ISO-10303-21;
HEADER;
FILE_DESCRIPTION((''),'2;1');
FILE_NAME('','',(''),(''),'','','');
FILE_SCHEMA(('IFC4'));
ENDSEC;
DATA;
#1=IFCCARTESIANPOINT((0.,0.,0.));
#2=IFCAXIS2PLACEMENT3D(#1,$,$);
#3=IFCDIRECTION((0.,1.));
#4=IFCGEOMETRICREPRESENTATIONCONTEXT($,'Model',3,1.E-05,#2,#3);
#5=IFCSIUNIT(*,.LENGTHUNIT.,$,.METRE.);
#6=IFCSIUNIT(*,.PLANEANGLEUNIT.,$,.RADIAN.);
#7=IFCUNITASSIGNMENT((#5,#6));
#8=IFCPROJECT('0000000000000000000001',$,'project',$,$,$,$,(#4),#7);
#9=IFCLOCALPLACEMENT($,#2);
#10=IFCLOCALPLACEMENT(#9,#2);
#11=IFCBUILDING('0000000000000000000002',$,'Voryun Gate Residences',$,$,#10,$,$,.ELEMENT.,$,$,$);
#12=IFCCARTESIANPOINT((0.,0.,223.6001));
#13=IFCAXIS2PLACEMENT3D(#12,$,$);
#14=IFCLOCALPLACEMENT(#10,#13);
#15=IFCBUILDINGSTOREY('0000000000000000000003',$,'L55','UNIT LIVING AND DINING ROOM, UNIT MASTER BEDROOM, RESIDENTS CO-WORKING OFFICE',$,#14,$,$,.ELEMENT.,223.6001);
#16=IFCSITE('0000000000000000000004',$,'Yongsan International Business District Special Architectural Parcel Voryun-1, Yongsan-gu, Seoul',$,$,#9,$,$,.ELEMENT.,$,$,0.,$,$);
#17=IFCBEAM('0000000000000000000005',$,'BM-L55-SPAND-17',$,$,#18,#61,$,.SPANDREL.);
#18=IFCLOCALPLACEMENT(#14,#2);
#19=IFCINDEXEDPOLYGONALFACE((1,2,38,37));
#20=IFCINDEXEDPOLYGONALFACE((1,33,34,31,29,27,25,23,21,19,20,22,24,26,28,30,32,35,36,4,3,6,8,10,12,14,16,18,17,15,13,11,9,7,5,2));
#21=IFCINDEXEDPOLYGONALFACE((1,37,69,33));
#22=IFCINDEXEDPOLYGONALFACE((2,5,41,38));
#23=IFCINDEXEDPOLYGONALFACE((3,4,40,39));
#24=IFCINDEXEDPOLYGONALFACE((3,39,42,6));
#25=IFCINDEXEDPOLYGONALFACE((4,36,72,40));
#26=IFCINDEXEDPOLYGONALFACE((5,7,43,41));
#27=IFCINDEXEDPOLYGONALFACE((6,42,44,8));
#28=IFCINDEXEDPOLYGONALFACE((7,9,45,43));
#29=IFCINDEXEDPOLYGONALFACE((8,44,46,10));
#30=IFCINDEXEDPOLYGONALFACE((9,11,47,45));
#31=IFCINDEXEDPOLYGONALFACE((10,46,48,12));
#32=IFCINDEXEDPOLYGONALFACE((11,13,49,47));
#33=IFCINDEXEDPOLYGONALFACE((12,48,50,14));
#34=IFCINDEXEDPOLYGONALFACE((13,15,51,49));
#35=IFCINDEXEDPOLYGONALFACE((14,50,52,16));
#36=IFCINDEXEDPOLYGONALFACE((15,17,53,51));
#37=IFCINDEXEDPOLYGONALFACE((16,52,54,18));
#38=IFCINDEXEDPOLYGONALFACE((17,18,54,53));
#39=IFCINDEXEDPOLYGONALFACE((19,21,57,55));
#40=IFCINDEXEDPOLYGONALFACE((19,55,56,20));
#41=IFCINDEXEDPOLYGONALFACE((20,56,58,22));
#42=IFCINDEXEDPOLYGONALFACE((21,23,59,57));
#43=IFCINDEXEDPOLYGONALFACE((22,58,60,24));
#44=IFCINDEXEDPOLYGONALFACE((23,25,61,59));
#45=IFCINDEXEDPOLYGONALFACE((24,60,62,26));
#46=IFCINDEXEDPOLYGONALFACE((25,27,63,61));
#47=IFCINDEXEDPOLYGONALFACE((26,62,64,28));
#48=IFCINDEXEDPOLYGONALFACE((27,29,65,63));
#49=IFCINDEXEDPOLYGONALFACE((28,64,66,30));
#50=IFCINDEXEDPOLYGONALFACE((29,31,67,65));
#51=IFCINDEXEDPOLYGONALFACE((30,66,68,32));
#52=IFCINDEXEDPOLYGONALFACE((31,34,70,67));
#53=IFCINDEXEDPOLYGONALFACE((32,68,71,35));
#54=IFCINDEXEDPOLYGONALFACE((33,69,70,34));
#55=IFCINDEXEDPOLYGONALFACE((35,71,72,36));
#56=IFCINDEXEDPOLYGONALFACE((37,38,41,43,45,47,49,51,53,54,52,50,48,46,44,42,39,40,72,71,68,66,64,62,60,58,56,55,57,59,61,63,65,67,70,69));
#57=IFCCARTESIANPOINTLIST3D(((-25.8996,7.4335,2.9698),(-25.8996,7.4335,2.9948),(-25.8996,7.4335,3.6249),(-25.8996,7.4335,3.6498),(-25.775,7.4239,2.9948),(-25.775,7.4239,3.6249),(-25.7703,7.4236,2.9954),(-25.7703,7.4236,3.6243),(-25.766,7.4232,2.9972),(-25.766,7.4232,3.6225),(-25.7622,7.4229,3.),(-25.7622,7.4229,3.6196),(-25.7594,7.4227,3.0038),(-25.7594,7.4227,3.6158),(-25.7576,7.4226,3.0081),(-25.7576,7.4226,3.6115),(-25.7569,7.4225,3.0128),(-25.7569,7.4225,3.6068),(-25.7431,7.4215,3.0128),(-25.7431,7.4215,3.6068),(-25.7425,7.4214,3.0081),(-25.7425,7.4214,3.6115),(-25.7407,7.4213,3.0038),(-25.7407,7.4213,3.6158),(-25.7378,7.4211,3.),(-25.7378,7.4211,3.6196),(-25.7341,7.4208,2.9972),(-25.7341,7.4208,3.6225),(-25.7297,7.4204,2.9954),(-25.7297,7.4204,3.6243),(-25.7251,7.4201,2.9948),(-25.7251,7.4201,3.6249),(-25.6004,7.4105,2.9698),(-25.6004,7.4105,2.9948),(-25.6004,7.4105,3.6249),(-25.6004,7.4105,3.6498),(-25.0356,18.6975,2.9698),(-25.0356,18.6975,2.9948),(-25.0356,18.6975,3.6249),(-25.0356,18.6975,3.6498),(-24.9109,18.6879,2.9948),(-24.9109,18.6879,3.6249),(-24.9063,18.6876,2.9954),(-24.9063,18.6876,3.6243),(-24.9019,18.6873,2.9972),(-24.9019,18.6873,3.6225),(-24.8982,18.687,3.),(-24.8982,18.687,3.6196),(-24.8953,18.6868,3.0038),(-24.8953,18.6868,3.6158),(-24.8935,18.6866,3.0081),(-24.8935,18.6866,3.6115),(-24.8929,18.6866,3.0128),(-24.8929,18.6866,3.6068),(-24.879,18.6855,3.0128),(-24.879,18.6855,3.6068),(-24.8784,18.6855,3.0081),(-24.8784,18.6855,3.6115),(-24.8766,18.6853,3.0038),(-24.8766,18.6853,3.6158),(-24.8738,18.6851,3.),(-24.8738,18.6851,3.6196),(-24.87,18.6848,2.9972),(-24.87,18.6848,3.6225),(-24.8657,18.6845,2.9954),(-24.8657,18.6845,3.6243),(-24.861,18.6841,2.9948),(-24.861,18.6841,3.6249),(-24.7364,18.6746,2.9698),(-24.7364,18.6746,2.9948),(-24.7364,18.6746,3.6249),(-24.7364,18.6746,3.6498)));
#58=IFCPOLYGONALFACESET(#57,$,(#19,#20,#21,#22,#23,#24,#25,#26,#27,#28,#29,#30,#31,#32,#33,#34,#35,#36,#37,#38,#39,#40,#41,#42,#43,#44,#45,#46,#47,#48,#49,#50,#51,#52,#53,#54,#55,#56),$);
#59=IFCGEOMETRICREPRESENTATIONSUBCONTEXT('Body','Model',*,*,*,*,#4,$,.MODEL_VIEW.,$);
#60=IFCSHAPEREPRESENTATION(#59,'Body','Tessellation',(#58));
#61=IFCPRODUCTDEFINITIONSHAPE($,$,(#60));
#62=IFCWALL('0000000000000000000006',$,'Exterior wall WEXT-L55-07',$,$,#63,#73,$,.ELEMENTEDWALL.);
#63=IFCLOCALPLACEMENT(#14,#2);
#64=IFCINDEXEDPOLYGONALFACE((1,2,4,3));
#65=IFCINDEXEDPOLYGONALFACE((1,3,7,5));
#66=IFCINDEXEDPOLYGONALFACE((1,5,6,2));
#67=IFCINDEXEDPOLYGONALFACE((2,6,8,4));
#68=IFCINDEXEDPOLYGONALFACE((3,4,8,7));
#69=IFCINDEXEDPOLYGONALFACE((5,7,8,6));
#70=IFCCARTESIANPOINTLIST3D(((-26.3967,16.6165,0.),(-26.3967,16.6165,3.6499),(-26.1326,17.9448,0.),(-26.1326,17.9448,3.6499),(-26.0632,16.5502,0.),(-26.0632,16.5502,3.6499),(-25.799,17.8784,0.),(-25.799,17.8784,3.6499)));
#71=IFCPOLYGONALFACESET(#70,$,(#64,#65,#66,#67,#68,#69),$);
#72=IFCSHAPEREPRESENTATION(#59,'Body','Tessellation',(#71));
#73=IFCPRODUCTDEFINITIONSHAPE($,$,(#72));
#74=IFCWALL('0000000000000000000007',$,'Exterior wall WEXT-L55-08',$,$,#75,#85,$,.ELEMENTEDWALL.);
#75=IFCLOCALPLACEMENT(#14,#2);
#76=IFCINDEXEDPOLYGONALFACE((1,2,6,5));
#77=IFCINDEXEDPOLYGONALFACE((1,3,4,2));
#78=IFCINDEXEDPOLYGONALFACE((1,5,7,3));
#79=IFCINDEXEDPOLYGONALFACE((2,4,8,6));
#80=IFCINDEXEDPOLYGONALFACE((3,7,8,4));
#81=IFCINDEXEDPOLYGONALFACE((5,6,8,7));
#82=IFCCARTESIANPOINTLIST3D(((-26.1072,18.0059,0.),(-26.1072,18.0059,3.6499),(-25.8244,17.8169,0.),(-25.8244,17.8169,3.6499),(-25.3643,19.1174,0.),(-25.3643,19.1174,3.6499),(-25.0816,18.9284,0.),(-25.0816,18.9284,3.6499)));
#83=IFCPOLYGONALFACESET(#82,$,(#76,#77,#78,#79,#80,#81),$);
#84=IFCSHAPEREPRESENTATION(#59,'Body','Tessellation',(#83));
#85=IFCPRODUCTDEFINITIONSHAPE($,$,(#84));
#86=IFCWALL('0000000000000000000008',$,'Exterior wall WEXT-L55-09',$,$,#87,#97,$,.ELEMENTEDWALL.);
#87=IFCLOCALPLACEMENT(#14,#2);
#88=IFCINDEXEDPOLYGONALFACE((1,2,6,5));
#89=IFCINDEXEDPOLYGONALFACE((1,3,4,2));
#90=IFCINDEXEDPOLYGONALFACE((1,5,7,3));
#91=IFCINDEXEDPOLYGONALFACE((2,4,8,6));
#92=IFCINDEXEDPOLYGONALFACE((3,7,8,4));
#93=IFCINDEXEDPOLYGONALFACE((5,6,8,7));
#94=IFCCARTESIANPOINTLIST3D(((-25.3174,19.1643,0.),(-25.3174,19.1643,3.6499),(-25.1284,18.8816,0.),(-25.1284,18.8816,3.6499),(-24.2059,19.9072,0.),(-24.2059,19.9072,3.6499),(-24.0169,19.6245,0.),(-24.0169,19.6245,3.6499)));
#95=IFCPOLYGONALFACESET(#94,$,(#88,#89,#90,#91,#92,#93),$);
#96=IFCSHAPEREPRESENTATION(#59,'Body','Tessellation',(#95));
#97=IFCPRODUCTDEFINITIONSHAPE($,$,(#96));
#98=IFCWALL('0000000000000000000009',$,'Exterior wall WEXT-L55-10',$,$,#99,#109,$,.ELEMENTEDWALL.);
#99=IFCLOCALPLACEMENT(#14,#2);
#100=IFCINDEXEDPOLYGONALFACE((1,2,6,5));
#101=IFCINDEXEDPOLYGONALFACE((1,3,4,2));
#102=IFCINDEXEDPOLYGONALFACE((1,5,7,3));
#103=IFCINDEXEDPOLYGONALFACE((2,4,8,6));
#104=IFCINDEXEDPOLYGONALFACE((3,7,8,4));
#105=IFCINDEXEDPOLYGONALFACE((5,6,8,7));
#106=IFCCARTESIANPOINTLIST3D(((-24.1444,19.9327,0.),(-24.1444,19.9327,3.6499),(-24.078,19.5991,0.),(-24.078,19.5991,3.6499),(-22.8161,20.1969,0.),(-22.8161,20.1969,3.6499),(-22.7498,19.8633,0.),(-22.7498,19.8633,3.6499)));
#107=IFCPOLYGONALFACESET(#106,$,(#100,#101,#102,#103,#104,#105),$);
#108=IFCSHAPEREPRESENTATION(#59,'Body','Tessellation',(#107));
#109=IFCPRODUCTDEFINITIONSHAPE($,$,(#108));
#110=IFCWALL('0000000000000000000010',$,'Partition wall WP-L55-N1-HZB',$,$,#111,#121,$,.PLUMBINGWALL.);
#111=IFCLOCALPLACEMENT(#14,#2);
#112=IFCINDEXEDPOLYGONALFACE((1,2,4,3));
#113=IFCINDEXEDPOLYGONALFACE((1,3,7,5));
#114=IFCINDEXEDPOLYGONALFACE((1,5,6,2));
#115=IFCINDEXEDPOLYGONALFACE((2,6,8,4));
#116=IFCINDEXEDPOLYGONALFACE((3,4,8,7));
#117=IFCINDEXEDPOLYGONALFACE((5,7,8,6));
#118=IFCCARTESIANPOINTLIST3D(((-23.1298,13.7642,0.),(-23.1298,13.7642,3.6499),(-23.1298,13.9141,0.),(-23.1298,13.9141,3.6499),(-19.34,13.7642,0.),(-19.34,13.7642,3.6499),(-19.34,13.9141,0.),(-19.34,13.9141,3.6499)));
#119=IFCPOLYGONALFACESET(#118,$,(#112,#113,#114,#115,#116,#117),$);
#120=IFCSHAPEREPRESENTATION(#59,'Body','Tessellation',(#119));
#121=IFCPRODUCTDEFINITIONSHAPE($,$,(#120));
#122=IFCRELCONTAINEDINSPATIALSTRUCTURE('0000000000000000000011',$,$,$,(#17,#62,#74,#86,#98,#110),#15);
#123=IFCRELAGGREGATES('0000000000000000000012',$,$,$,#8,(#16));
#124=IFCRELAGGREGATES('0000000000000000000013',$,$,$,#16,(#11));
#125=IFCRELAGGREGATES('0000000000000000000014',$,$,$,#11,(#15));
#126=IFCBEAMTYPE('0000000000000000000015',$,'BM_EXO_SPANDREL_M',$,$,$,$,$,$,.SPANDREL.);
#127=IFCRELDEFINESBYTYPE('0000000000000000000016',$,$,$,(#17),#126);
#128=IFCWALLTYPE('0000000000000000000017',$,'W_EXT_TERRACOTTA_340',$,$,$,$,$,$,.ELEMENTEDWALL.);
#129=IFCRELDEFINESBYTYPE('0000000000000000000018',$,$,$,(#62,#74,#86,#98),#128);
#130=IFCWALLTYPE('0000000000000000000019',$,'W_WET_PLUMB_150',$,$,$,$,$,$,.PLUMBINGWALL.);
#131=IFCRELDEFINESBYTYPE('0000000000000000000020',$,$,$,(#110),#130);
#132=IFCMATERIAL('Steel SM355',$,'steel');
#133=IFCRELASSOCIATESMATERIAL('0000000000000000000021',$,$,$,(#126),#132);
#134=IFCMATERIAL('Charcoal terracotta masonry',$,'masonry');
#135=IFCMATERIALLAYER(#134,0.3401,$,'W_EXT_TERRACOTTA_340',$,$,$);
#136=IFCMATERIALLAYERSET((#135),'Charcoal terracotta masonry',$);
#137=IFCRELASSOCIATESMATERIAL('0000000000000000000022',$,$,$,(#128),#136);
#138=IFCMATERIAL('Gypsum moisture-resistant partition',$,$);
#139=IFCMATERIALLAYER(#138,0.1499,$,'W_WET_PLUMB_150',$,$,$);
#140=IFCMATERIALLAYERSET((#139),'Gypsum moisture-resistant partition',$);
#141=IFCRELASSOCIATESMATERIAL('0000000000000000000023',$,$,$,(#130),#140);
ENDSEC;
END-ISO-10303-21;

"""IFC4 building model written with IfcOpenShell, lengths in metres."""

from ifc_helpers import new_model, si_unit, direction, frame, frame_2d, origin, origin_2d, place, context, subcontext, project, spatial, rectangle, i_section, extrude, material, layer, layer_set, material_profile, profile_set, type_object, element, save


model = new_model("IFC4")

# Units and contexts
model_context = context("Model", 3, precision=1e-05, world=origin(), true_north=direction((0.0, 1.0)))
body_context = subcontext(model_context, "Body", "Model", "MODEL_VIEW")
ifc_project = project(units=[si_unit("LENGTHUNIT", "METRE"), si_unit("PLANEANGLEUNIT", "RADIAN")], contexts=[model_context])

# Site, building, storey
site_placement = place(None, origin())
site = spatial("IfcSite", under=ifc_project, at=site_placement, Name="Yongsan International Business District Special Architectural Parcel Voryun-1, Yongsan-gu, Seoul", CompositionType="ELEMENT", RefElevation=0.0)
building_placement = place(site_placement, origin())
building = spatial("IfcBuilding", under=site, at=building_placement, Name="Voryun Gate Residences", CompositionType="ELEMENT")
storey_placement = place(building_placement, frame((0.0, 0.0, 223.6001)))
storey = spatial("IfcBuildingStorey", under=building, at=storey_placement, Name="L55", Description="UNIT LIVING AND DINING ROOM, UNIT MASTER BEDROOM, RESIDENTS CO-WORKING OFFICE", CompositionType="ELEMENT", Elevation=223.6001)

# Beam
ifc_material_1 = material(Name="Steel SM355", Category="steel")
ifc_material_profile_1 = material_profile(ifc_material_1, i_section(OverallWidth=0.3, OverallDepth=0.6799, WebThickness=0.0139, FlangeThickness=0.0249, FilletRadius=0.0181, at=origin_2d()), Name="H-680x300x14x25")
ifc_profile_set_1 = profile_set([ifc_material_profile_1], Name="Steel SM355")
beam_type = type_object("IfcBeamType", Name="BM_EXO_SPANDREL_M", PredefinedType="SPANDREL", material=ifc_profile_set_1)
beam_1_placement = place(storey_placement, frame((-24.886, 18.686, 3.3098), z_axis=(-0.076482, -0.997071, 0.0), x_axis=(0.997071, -0.076482, 0.0)))
element("IfcBeam", 1, at=beam_1_placement, inside=storey, type_object=beam_type, Name="BM-L55-SPAND-17", PredefinedType="SPANDREL", context=body_context, shape_type="SweptSolid", body=[
    extrude(i_section(OverallWidth=0.3, OverallDepth=0.6799, WebThickness=0.0139, FlangeThickness=0.0249, FilletRadius=0.0181, at=origin_2d()), origin(), (0.0, 0.0, 1.0), 11.2971),
])

# Walls
ifc_material_2 = material(Name="Charcoal terracotta masonry", Category="masonry")
ifc_layer_1 = layer(ifc_material_2, 0.3401, Name="W_EXT_TERRACOTTA_340")
ifc_layer_set_1 = layer_set([ifc_layer_1], Name="Charcoal terracotta masonry")
wall_type_1 = type_object("IfcWallType", Name="W_EXT_TERRACOTTA_340", PredefinedType="ELEMENTEDWALL", material=ifc_layer_set_1)
wall_1_placement = place(storey_placement, frame((-26.23, 16.5833, 0.0), z_axis=(0.0, 0.0, 1.0), x_axis=(0.195076, 0.980788, 0.0)))
element("IfcWall", 2, at=wall_1_placement, inside=storey, type_object=wall_type_1, Name="Exterior wall WEXT-L55-07", PredefinedType="ELEMENTEDWALL", context=body_context, shape_type="SweptSolid", body=[
    extrude(rectangle(XDim=1.3542, YDim=0.3401, at=frame_2d((0.6772, 0.0))), origin(), (0.0, 0.0, 1.0), 3.6499),
])
for number, where, z_axis, x_axis, name in (
    (3, (-25.9658, 17.9114, 0.0), (0.0, 0.0, 1.0), (0.555669, 0.831404, 0.0), "Exterior wall WEXT-L55-08"),
    (4, (-25.2229, 19.0229, 0.0), (0.0, 0.0, 1.0), (0.831404, 0.555669, 0.0), "Exterior wall WEXT-L55-09"),
):
    element("IfcWall", number, at=place(storey_placement, frame(where, z_axis=z_axis, x_axis=x_axis)), inside=storey, type_object=wall_type_1, Name=name, PredefinedType="ELEMENTEDWALL", context=body_context, shape_type="SweptSolid", body=[
        extrude(rectangle(XDim=1.3369, YDim=0.3401, at=frame_2d((0.6685, 0.0))), origin(), (0.0, 0.0, 1.0), 3.6499),
    ])
wall_2_placement = place(storey_placement, frame((-24.1113, 19.7659, 0.0), z_axis=(0.0, 0.0, 1.0), x_axis=(0.980788, 0.195076, 0.0)))
element("IfcWall", 5, at=wall_2_placement, inside=storey, type_object=wall_type_1, Name="Exterior wall WEXT-L55-10", PredefinedType="ELEMENTEDWALL", context=body_context, shape_type="SweptSolid", body=[
    extrude(rectangle(XDim=1.3542, YDim=0.3401, at=frame_2d((0.6772, 0.0))), origin(), (0.0, 0.0, 1.0), 3.6499),
])

# Wall
ifc_material_3 = material(Name="Gypsum moisture-resistant partition")
ifc_layer_2 = layer(ifc_material_3, 0.1499, Name="W_WET_PLUMB_150")
ifc_layer_set_2 = layer_set([ifc_layer_2], Name="Gypsum moisture-resistant partition")
wall_type_2 = type_object("IfcWallType", Name="W_WET_PLUMB_150", PredefinedType="PLUMBINGWALL", material=ifc_layer_set_2)
wall_3_placement = place(storey_placement, frame((-23.1299, 13.8391, 0.0), z_axis=(0.0, 0.0, 1.0), x_axis=(1.0, 0.0, 0.0)))
element("IfcWall", 6, at=wall_3_placement, inside=storey, type_object=wall_type_2, Name="Partition wall WP-L55-N1-HZB", PredefinedType="PLUMBINGWALL", context=body_context, shape_type="SweptSolid", body=[
    extrude(rectangle(XDim=3.7898, YDim=0.1499, at=frame_2d((1.895, 0.0))), origin(), (0.0, 0.0, 1.0), 3.6499),
])

save(model, "model.ifc")
